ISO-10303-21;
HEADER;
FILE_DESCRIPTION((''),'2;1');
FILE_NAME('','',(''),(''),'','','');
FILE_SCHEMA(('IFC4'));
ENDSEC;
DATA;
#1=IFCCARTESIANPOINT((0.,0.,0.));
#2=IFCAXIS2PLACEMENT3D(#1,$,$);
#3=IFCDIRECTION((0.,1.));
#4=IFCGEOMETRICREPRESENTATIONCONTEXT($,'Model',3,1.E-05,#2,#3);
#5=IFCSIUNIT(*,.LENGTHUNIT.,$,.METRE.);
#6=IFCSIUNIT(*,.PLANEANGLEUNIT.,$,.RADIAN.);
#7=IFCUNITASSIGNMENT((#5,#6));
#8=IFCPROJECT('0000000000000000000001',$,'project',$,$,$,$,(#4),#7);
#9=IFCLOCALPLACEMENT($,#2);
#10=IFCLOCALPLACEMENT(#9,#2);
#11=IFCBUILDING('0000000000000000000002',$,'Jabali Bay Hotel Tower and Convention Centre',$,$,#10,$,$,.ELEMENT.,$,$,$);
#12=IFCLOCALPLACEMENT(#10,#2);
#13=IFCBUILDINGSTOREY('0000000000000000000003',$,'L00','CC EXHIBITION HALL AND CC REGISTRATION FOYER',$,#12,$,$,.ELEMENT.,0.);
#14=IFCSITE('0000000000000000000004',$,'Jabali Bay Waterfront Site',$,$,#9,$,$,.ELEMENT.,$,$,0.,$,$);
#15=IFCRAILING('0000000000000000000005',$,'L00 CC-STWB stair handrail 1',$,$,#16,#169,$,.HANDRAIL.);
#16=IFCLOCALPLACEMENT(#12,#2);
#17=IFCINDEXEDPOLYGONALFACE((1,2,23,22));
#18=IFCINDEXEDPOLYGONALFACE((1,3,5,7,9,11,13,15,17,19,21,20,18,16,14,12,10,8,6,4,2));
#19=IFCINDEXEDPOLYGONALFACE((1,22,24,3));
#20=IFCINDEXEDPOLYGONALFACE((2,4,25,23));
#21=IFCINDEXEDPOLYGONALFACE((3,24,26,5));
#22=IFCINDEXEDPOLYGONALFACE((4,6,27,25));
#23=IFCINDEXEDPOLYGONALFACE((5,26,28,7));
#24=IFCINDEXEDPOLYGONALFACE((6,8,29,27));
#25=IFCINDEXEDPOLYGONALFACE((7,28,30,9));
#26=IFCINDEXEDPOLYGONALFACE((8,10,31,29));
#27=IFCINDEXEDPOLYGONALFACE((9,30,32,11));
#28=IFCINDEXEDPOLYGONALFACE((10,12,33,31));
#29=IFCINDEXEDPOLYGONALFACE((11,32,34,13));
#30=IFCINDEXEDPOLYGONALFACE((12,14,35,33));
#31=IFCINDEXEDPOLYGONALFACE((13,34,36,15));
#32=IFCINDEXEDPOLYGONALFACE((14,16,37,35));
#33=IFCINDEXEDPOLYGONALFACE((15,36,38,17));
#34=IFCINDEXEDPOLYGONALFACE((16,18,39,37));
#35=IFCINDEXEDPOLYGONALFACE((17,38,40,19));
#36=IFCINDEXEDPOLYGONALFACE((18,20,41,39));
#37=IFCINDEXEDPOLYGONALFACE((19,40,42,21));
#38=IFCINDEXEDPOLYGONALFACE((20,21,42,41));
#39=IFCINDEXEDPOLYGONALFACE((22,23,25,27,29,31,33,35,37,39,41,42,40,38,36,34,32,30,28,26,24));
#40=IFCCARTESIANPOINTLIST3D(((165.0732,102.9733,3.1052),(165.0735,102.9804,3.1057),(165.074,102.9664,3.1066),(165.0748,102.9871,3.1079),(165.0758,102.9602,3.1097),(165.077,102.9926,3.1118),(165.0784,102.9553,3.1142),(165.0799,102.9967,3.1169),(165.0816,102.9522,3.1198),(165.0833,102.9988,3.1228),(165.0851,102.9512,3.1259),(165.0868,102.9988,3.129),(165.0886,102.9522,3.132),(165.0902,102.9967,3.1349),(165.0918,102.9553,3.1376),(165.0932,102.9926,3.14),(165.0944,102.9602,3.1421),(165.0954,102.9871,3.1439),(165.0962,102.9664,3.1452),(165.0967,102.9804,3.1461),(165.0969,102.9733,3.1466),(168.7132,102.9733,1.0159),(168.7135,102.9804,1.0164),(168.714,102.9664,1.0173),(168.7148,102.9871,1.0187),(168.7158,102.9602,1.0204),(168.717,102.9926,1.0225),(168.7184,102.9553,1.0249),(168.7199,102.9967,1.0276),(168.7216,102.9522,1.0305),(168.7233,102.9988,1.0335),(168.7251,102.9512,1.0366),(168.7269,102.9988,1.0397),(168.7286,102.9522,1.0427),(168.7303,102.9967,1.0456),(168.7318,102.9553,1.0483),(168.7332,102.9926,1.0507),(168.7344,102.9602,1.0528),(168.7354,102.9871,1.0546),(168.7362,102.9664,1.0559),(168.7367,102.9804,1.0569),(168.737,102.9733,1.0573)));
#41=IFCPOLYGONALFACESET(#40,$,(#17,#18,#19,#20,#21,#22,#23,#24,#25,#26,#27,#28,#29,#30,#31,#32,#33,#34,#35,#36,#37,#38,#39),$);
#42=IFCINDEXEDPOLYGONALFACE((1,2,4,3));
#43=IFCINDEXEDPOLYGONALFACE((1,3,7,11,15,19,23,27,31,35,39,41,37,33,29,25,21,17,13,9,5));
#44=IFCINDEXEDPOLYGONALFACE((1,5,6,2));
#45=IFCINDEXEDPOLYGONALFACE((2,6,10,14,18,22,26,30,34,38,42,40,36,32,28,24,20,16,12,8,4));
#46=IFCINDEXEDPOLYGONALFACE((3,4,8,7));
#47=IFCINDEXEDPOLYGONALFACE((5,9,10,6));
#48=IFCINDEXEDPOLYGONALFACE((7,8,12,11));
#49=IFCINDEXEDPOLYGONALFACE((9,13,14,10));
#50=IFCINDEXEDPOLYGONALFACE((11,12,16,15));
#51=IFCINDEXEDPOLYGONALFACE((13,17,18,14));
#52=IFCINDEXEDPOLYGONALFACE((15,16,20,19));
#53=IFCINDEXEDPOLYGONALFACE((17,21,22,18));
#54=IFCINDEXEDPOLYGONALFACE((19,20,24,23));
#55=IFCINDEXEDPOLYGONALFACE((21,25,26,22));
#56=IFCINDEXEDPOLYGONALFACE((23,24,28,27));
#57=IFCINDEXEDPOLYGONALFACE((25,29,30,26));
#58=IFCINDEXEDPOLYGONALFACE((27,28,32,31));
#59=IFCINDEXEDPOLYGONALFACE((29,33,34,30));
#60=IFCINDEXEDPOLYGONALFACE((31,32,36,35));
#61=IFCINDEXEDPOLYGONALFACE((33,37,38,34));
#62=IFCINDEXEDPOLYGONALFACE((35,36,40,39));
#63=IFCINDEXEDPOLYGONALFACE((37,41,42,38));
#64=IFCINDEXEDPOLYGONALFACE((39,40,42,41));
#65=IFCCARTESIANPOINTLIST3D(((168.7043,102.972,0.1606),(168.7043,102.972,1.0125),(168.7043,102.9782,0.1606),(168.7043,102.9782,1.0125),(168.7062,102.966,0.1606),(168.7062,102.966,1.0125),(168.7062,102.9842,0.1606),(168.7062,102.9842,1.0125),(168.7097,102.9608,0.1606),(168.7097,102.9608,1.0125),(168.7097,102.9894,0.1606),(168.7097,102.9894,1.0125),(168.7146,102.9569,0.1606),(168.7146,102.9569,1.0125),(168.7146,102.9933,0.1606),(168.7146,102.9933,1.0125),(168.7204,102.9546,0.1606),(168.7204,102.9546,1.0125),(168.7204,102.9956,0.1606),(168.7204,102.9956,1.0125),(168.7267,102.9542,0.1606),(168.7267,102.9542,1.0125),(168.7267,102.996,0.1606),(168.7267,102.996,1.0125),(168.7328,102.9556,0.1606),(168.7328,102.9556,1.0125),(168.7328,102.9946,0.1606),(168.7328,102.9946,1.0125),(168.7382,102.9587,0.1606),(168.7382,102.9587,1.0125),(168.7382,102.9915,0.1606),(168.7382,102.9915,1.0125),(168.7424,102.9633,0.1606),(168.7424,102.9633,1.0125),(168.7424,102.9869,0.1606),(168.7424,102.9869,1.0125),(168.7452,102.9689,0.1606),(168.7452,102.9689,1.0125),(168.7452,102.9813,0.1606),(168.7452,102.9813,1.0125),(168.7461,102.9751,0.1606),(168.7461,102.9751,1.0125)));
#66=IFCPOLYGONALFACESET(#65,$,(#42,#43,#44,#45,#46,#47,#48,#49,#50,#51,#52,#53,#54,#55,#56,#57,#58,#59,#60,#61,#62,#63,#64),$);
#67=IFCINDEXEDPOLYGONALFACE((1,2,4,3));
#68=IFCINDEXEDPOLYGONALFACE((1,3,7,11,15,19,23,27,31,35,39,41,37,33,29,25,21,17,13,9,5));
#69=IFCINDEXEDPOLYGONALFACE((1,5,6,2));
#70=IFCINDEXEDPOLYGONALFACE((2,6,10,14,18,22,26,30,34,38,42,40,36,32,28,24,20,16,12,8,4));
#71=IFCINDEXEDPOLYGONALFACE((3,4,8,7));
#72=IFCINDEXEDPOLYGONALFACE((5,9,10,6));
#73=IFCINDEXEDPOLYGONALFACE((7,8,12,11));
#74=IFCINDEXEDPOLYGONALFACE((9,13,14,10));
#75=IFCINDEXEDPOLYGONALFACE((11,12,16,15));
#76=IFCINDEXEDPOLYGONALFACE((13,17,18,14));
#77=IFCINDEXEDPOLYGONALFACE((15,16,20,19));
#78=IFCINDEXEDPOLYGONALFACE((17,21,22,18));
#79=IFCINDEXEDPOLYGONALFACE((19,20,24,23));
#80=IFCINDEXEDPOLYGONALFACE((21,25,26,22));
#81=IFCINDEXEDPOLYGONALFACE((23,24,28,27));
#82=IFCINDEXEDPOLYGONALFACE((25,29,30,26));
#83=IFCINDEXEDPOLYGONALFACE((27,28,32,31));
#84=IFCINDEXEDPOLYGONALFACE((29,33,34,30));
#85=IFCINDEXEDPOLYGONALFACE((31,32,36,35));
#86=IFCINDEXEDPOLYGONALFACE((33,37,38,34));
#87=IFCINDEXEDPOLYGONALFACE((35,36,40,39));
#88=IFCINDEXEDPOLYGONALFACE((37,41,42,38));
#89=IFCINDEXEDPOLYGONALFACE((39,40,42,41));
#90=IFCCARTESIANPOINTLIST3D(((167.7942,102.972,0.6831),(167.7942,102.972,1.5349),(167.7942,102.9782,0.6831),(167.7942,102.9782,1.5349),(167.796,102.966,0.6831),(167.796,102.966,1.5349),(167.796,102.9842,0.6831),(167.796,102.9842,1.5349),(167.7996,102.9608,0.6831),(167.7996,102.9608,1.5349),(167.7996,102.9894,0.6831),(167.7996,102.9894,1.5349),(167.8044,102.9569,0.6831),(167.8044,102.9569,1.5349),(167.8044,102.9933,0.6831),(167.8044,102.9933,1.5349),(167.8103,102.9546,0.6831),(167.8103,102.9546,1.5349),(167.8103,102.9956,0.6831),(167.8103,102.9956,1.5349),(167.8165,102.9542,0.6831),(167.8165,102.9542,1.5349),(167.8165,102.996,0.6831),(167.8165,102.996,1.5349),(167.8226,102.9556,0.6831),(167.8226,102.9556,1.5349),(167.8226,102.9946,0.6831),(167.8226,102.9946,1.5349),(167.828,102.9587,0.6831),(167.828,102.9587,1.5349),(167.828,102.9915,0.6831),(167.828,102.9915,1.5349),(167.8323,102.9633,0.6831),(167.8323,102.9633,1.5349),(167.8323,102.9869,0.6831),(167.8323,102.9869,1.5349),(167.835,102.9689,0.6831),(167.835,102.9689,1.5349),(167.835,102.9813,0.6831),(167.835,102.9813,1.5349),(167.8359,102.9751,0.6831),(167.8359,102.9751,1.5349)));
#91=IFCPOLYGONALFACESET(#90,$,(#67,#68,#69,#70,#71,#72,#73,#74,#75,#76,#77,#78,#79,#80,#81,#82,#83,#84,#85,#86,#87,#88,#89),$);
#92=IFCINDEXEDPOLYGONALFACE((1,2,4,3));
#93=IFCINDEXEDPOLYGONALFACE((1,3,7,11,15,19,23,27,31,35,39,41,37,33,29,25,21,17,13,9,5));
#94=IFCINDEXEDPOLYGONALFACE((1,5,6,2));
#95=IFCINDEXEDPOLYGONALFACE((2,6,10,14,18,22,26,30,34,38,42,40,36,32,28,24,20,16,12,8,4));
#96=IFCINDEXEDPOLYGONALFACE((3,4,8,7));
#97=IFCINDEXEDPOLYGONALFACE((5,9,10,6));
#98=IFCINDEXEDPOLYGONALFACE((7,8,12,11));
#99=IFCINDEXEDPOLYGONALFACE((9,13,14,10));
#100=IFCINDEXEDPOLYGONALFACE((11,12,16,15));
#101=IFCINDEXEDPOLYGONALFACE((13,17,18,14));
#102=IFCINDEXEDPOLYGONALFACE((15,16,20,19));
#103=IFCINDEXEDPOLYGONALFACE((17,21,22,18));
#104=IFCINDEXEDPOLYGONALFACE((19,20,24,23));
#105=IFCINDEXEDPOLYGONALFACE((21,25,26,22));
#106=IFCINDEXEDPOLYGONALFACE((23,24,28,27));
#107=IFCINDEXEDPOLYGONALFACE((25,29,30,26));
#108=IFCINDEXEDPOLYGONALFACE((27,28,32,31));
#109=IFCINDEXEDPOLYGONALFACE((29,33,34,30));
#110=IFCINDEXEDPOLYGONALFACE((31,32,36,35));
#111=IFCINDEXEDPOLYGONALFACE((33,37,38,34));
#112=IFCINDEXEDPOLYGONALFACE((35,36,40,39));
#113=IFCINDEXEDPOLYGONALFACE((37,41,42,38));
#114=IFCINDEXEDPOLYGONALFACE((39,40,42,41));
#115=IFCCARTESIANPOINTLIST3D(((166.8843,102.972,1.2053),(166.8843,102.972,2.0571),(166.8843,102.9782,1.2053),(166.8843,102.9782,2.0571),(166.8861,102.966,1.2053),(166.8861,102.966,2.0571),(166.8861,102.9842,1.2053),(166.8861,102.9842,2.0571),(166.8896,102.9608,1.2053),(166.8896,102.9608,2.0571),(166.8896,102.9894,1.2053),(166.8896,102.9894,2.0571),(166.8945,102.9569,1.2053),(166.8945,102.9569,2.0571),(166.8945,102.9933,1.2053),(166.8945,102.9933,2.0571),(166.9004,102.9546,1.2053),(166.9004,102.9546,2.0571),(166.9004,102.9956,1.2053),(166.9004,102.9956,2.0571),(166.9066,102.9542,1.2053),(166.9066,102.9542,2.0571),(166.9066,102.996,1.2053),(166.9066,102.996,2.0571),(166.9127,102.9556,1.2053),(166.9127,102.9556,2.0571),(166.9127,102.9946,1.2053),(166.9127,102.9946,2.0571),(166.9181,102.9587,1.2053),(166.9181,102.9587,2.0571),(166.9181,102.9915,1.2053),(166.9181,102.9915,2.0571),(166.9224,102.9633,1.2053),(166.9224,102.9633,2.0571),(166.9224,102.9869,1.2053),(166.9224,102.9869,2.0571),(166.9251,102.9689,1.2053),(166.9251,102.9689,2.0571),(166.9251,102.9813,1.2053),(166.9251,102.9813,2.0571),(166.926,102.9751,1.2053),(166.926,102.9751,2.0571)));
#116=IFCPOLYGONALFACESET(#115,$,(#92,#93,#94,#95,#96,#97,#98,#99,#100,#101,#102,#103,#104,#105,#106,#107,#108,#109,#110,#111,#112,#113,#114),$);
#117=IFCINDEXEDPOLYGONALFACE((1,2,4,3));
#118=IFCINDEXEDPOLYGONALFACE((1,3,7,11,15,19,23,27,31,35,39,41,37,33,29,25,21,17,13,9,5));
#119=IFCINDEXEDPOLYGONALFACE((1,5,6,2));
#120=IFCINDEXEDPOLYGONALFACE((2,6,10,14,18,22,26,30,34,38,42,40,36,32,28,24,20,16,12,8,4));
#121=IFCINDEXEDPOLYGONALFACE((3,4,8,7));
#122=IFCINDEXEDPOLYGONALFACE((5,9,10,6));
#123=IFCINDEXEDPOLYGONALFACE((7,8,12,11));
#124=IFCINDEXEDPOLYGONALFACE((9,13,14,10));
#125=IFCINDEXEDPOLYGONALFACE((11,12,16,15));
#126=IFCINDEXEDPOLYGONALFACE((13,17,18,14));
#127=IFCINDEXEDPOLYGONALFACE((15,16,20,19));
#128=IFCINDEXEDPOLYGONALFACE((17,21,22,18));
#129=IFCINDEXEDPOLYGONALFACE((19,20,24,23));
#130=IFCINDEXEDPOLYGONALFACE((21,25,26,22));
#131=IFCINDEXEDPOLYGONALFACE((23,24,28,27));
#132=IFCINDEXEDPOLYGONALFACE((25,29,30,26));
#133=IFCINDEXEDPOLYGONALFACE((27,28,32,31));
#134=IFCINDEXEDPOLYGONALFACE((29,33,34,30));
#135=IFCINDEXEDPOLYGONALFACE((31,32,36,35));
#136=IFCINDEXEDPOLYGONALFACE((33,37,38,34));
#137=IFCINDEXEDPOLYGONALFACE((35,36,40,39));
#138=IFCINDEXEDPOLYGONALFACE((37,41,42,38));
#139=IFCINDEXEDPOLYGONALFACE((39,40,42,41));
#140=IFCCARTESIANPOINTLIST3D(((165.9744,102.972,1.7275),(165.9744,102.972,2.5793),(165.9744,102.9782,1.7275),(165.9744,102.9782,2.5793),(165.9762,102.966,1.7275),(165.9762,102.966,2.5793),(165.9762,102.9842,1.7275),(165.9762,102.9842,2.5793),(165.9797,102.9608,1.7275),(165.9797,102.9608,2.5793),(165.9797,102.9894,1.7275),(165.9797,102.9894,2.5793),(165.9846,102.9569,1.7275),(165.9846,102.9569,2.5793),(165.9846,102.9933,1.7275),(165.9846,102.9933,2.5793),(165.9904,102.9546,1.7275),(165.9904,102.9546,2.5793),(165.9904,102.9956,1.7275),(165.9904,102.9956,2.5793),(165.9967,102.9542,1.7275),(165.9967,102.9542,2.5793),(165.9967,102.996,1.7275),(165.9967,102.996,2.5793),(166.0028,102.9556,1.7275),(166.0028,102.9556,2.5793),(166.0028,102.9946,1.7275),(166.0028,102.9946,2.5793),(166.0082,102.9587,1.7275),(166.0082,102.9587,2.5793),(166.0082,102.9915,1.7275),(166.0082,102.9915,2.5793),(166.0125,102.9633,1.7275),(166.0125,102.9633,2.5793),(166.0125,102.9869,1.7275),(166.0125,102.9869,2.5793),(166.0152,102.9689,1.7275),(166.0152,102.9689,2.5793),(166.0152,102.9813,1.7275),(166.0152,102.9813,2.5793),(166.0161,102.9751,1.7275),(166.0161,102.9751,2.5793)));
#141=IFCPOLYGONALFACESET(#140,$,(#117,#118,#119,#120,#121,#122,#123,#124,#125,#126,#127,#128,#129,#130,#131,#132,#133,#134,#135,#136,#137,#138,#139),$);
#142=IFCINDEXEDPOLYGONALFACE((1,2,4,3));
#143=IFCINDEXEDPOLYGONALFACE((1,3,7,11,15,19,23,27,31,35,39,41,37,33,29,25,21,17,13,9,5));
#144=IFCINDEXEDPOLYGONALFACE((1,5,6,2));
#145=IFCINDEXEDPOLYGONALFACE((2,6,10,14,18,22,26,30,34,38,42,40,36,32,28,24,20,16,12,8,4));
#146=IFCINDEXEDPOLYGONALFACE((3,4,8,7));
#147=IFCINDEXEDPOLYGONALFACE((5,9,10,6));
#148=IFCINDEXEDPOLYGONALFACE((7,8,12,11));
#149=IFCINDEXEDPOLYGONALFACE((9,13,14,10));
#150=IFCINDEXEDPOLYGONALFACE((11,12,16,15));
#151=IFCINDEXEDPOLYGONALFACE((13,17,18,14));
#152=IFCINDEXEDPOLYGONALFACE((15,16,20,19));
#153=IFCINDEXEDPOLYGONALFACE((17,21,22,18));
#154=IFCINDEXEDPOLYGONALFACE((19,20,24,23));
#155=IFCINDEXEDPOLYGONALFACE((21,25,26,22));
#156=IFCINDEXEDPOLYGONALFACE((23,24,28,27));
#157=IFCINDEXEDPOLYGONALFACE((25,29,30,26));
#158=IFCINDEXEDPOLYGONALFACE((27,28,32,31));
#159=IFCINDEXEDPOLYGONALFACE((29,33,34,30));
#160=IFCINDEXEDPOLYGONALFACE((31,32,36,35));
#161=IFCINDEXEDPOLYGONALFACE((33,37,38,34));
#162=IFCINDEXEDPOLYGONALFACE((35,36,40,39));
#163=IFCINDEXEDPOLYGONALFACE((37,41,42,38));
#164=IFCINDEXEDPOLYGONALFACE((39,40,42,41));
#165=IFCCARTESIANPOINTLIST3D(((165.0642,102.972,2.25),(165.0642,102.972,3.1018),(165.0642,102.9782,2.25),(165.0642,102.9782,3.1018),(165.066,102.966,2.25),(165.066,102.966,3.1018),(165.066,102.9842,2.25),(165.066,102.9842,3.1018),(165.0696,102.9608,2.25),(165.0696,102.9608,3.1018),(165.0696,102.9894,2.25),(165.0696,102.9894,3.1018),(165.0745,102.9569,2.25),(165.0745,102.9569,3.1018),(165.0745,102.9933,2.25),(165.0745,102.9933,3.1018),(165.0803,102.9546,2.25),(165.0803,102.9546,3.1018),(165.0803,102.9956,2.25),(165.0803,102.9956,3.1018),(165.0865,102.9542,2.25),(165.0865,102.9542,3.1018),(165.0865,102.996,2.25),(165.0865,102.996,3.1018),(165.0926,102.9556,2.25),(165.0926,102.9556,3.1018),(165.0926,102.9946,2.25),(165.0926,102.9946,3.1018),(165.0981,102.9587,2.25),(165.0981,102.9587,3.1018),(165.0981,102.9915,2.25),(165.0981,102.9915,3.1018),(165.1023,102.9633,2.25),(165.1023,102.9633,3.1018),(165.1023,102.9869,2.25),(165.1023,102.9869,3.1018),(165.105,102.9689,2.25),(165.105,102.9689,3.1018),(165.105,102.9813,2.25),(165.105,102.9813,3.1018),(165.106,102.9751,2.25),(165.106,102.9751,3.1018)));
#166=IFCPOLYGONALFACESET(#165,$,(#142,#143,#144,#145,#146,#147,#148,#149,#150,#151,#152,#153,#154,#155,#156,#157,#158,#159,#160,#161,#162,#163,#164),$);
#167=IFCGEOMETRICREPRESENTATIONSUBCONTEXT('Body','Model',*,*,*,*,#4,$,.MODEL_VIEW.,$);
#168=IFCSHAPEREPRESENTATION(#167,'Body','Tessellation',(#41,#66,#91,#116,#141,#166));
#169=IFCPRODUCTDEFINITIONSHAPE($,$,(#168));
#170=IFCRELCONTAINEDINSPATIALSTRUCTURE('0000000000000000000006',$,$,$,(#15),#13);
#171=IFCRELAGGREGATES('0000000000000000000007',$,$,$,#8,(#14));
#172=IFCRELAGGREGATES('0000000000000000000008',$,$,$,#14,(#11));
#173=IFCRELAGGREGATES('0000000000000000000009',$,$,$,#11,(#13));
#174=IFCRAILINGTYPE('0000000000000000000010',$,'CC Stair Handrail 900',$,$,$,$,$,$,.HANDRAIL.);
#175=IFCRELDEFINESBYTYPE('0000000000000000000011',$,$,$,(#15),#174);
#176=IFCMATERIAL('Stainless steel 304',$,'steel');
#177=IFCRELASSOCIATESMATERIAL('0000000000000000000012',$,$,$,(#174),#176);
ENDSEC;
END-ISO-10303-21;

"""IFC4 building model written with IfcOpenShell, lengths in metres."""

from ifc_helpers import new_model, si_unit, direction, frame, origin, origin_2d, place, context, subcontext, project, spatial, circle, extrude, material, type_object, element, save


model = new_model("IFC4")

# Units and contexts
model_context = context("Model", 3, precision=1e-05, world=origin(), true_north=direction((0.0, 1.0)))
body_context = subcontext(model_context, "Body", "Model", "MODEL_VIEW")
ifc_project = project(units=[si_unit("LENGTHUNIT", "METRE"), si_unit("PLANEANGLEUNIT", "RADIAN")], contexts=[model_context])

# Site, building, storey
site_placement = place(None, origin())
site = spatial("IfcSite", under=ifc_project, at=site_placement, Name="Jabali Bay Waterfront Site", CompositionType="ELEMENT", RefElevation=0.0)
building_placement = place(site_placement, origin())
building = spatial("IfcBuilding", under=site, at=building_placement, Name="Jabali Bay Hotel Tower and Convention Centre", CompositionType="ELEMENT")
storey_placement = place(building_placement, origin())
storey = spatial("IfcBuildingStorey", under=building, at=storey_placement, Name="L00", Description="CC EXHIBITION HALL AND CC REGISTRATION FOYER", CompositionType="ELEMENT", Elevation=0.0)

# Railing
ifc_material_1 = material(Name="Stainless steel 304", Category="steel")
railing_type_1 = type_object("IfcRailingType", Name="CC Stair Handrail 900", PredefinedType="HANDRAIL", material=ifc_material_1)
for number, where, name in (
    (1, (168.7251, 102.9751, 0.1606), "L00 CC-STWB stair handrail 1"),
):
    element("IfcRailing", number, at=place(storey_placement, frame(where)), inside=storey, type_object=railing_type_1, Name=name, PredefinedType="HANDRAIL", context=body_context, shape_type="SweptSolid", body=[
        extrude(circle(Radius=0.0239, at=origin_2d()), frame((0.0, 0.0, 0.876), z_axis=(-0.867289, 0.0, 0.497804), x_axis=(0.0, -1.0, 0.0)), (0.0, 0.0, 1.0), 4.197),
        extrude(circle(Radius=0.021, at=origin_2d()), origin(), (0.0, 0.0, 1.0), 0.8518),
        extrude(circle(Radius=0.021, at=origin_2d()), frame((-0.9102, 0.0, 0.5225)), (0.0, 0.0, 1.0), 0.8518),
        extrude(circle(Radius=0.021, at=origin_2d()), frame((-1.8201, 0.0, 1.0447)), (0.0, 0.0, 1.0), 0.8518),
        extrude(circle(Radius=0.021, at=origin_2d()), frame((-2.73, 0.0, 1.5669)), (0.0, 0.0, 1.0), 0.8518),
        extrude(circle(Radius=0.021, at=origin_2d()), frame((-3.6401, 0.0, 2.0894)), (0.0, 0.0, 1.0), 0.8518),
    ])

save(model, "model.ifc")
